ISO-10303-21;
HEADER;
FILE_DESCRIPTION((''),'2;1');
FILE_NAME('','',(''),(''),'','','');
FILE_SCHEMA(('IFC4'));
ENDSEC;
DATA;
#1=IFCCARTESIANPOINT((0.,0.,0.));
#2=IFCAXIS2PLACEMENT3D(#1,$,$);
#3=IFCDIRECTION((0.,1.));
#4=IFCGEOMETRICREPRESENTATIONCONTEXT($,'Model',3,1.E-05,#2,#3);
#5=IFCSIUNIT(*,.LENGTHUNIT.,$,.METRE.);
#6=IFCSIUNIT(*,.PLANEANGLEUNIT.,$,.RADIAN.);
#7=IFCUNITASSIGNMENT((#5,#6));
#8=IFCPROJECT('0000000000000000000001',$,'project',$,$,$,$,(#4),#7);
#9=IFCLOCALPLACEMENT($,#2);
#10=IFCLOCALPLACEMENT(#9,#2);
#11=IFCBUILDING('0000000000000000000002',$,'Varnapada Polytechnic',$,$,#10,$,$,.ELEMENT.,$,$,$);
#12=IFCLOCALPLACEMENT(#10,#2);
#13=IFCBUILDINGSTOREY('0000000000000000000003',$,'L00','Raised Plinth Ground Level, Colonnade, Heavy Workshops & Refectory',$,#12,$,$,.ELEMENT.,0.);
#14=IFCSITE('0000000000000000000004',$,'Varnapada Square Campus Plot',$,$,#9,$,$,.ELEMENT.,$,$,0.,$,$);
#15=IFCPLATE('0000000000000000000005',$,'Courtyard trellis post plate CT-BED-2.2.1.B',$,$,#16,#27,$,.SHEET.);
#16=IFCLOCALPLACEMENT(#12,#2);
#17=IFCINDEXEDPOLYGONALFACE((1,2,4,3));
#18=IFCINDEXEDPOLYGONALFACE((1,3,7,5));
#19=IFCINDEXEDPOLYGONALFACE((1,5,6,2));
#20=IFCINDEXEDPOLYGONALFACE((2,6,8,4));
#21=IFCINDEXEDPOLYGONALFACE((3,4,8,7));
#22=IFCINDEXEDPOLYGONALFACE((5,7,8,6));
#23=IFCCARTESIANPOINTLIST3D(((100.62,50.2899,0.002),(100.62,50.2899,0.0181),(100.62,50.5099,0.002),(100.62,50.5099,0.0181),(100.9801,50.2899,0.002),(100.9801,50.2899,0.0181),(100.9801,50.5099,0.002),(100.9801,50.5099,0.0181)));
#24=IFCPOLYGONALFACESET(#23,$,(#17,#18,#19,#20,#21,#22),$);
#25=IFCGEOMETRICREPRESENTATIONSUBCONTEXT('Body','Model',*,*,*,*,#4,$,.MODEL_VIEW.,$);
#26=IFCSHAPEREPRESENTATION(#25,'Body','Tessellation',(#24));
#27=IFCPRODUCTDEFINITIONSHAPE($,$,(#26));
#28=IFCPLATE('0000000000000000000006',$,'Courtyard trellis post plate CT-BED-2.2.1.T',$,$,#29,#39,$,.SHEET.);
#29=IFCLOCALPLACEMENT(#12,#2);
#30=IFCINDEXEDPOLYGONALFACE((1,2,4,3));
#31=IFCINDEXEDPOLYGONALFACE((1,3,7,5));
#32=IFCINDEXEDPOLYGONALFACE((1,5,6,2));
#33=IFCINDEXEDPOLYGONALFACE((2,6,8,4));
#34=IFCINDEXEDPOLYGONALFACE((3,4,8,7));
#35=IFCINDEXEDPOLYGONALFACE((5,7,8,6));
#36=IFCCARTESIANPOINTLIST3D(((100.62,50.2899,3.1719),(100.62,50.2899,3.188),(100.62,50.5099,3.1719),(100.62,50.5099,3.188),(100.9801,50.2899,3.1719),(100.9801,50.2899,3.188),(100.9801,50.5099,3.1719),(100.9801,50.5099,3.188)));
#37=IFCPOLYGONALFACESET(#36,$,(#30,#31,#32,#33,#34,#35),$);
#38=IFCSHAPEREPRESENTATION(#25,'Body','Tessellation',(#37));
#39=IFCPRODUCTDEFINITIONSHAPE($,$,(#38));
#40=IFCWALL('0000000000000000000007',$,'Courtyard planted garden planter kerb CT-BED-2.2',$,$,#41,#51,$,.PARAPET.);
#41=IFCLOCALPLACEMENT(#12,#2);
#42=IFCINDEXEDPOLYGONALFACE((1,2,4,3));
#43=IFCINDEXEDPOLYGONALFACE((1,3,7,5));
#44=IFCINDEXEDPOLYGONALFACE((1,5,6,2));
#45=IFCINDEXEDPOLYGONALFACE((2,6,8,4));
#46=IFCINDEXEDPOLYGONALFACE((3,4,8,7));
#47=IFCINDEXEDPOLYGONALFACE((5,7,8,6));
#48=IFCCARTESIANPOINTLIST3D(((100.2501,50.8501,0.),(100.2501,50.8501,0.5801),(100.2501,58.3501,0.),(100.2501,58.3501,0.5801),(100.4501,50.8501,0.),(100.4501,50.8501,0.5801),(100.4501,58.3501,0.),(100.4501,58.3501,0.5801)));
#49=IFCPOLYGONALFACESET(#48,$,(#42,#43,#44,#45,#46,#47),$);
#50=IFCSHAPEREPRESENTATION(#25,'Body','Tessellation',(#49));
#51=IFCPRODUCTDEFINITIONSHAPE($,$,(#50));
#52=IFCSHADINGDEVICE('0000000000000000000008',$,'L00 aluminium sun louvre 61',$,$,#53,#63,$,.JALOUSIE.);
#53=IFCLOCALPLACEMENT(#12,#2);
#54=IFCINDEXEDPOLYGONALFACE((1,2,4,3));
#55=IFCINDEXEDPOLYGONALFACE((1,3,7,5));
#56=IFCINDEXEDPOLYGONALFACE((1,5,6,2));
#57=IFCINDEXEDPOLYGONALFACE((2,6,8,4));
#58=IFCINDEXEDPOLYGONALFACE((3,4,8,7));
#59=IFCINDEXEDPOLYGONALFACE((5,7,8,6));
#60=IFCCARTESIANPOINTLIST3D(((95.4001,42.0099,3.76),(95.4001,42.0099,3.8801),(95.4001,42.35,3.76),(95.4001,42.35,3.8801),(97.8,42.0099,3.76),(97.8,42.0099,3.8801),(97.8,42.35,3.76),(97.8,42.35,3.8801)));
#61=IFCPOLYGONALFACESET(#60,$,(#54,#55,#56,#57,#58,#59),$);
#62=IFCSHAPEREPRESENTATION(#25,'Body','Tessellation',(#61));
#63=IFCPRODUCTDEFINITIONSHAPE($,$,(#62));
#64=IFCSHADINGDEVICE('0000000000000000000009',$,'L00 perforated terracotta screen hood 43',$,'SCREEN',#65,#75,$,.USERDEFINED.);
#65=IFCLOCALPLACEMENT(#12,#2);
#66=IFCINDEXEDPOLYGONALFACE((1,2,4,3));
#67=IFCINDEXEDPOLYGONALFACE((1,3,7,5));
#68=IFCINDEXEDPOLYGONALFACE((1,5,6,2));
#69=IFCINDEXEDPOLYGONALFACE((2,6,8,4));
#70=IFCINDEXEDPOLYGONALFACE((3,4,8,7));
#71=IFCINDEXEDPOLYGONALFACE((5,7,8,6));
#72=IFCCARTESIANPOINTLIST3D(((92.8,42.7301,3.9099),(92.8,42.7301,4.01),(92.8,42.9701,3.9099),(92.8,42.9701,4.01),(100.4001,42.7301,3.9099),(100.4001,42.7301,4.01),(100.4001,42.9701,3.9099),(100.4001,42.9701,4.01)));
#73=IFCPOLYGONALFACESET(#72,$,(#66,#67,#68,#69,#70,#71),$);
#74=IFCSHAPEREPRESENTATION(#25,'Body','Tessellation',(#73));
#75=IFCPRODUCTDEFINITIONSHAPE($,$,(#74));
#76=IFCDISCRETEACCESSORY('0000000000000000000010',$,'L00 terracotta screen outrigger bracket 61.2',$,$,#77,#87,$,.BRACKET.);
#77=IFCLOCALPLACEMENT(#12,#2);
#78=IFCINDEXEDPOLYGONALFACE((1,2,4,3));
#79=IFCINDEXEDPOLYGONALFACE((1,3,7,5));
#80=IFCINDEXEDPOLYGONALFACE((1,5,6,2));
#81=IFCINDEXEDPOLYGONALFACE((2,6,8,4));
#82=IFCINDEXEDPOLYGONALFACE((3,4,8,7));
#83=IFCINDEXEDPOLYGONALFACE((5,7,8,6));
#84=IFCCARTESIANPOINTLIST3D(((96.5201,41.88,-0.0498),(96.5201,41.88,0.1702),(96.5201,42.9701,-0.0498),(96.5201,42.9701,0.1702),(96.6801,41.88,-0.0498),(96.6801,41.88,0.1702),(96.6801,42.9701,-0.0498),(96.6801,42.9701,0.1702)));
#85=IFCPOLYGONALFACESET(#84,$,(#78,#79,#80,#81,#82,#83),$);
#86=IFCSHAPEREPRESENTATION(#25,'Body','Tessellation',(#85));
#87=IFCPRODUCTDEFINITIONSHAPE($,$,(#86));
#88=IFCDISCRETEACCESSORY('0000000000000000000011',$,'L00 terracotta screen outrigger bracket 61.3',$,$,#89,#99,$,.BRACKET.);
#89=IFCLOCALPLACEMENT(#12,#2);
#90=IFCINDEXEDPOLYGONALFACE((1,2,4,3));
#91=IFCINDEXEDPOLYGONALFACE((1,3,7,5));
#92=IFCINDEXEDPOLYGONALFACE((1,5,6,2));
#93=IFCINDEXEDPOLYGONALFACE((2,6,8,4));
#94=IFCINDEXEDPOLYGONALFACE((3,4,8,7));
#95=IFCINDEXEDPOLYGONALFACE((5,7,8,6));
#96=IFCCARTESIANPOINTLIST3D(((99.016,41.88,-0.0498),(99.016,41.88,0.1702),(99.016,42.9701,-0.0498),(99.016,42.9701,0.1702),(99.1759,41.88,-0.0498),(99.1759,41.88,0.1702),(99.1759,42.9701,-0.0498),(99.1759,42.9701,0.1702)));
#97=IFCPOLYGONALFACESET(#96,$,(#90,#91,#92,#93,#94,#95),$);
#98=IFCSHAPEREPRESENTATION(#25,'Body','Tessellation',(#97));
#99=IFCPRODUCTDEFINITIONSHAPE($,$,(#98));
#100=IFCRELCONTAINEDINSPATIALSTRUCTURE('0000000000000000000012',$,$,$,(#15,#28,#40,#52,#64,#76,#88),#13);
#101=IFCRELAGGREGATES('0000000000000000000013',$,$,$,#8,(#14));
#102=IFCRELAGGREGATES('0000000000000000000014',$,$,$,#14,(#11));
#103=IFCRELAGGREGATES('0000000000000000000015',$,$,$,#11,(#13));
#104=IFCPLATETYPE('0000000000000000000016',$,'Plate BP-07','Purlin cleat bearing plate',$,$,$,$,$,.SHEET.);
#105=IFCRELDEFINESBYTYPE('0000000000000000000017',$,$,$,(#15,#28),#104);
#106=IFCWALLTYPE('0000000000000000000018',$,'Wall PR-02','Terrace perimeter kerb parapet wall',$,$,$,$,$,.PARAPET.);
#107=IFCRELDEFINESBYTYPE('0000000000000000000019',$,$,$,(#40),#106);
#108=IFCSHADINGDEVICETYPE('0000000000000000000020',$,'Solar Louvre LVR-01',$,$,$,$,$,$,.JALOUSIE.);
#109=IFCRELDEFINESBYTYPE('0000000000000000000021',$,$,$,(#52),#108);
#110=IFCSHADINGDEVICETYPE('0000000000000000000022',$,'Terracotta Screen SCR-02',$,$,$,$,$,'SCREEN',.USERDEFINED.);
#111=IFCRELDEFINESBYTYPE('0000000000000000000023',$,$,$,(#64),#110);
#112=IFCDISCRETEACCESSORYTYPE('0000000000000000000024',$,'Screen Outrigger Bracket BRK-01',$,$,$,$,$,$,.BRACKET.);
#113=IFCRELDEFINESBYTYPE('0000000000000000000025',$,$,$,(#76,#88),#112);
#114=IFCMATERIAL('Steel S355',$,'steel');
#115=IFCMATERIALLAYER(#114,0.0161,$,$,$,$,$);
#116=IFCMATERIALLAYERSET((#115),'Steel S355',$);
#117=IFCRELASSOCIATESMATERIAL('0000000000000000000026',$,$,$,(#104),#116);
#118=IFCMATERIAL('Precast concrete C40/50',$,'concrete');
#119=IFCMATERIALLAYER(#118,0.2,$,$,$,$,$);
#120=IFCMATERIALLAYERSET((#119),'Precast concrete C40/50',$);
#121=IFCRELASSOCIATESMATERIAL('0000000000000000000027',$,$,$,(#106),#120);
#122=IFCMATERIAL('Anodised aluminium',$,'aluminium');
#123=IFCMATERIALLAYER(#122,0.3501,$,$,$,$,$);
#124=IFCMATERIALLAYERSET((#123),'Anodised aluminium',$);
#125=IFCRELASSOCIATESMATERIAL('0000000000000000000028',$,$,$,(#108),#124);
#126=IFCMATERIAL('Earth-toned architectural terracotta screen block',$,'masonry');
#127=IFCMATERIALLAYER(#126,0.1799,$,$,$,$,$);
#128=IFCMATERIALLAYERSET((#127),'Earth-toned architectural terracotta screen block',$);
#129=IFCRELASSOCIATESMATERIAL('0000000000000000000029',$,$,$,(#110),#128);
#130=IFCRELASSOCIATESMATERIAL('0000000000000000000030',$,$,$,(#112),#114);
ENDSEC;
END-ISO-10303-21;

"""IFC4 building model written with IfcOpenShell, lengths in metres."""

from ifc_helpers import new_model, si_unit, direction, frame, frame_2d, origin, origin_2d, place, context, subcontext, project, spatial, rectangle, extrude, material, layer, layer_set, type_object, element, save


model = new_model("IFC4")

# Units and contexts
model_context = context("Model", 3, precision=1e-05, world=origin(), true_north=direction((0.0, 1.0)))
body_context = subcontext(model_context, "Body", "Model", "MODEL_VIEW")
ifc_project = project(units=[si_unit("LENGTHUNIT", "METRE"), si_unit("PLANEANGLEUNIT", "RADIAN")], contexts=[model_context])

# Site, building, storey
site_placement = place(None, origin())
site = spatial("IfcSite", under=ifc_project, at=site_placement, Name="Varnapada Square Campus Plot", CompositionType="ELEMENT", RefElevation=0.0)
building_placement = place(site_placement, origin())
building = spatial("IfcBuilding", under=site, at=building_placement, Name="Varnapada Polytechnic", CompositionType="ELEMENT")
storey_placement = place(building_placement, origin())
storey = spatial("IfcBuildingStorey", under=building, at=storey_placement, Name="L00", Description="Raised Plinth Ground Level, Colonnade, Heavy Workshops & Refectory", CompositionType="ELEMENT", Elevation=0.0)

# Shared definitions
ifc_material_1 = material(Name="Steel S355", Category="steel")

# Plates
ifc_layer_1 = layer(ifc_material_1, 0.0161)
ifc_layer_set_1 = layer_set([ifc_layer_1], Name="Steel S355")
plate_type = type_object("IfcPlateType", Name="Plate BP-07", Description="Purlin cleat bearing plate", PredefinedType="SHEET", material=ifc_layer_set_1)
for number, where, z_axis, x_axis, name in (
    (1, (100.8, 50.3999, 0.002), (0.0, 0.0, 1.0), (1.0, 0.0, 0.0), "Courtyard trellis post plate CT-BED-2.2.1.B"),
    (2, (100.8, 50.3999, 3.1719), (0.0, 0.0, 1.0), (1.0, 0.0, 0.0), "Courtyard trellis post plate CT-BED-2.2.1.T"),
):
    element("IfcPlate", number, at=place(storey_placement, frame(where, z_axis=z_axis, x_axis=x_axis)), inside=storey, type_object=plate_type, Name=name, PredefinedType="SHEET", context=body_context, shape_type="SweptSolid", body=[
        extrude(rectangle(XDim=0.3601, YDim=0.22, at=origin_2d()), origin(), (0.0, 0.0, 1.0), 0.0161),
    ])

# Wall
ifc_material_2 = material(Name="Precast concrete C40/50", Category="concrete")
ifc_layer_2 = layer(ifc_material_2, 0.2)
ifc_layer_set_2 = layer_set([ifc_layer_2], Name="Precast concrete C40/50")
wall_type = type_object("IfcWallType", Name="Wall PR-02", Description="Terrace perimeter kerb parapet wall", PredefinedType="PARAPET", material=ifc_layer_set_2)
wall_placement = place(storey_placement, frame((100.3501, 50.8501, 0.0), z_axis=(0.0, 0.0, 1.0), x_axis=(0.0, 1.0, 0.0)))
element("IfcWall", 3, at=wall_placement, inside=storey, type_object=wall_type, Name="Courtyard planted garden planter kerb CT-BED-2.2", PredefinedType="PARAPET", context=body_context, shape_type="SweptSolid", body=[
    extrude(rectangle(XDim=7.5, YDim=0.2, at=frame_2d((3.75, 0.0))), origin(), (0.0, 0.0, 1.0), 0.5801),
])

# Shading devices
ifc_material_3 = material(Name="Anodised aluminium", Category="aluminium")
ifc_layer_3 = layer(ifc_material_3, 0.3501)
ifc_layer_set_3 = layer_set([ifc_layer_3], Name="Anodised aluminium")
shading_device_type_1 = type_object("IfcShadingDeviceType", Name="Solar Louvre LVR-01", PredefinedType="JALOUSIE", material=ifc_layer_set_3)
shading_device_1_placement = place(storey_placement, frame((96.6001, 42.1799, 3.76), z_axis=(0.0, 0.0, 1.0), x_axis=(1.0, 0.0, 0.0)))
element("IfcShadingDevice", 4, at=shading_device_1_placement, inside=storey, type_object=shading_device_type_1, Name="L00 aluminium sun louvre 61", PredefinedType="JALOUSIE", context=body_context, shape_type="SweptSolid", body=[
    extrude(rectangle(XDim=2.3999, YDim=0.3401, at=origin_2d()), origin(), (0.0, 0.0, 1.0), 0.1201),
])
ifc_material_4 = material(Name="Earth-toned architectural terracotta screen block", Category="masonry")
ifc_layer_4 = layer(ifc_material_4, 0.1799)
ifc_layer_set_4 = layer_set([ifc_layer_4], Name="Earth-toned architectural terracotta screen block")
shading_device_type_2 = type_object("IfcShadingDeviceType", Name="Terracotta Screen SCR-02", ElementType="SCREEN", PredefinedType="USERDEFINED", material=ifc_layer_set_4)
shading_device_2_placement = place(storey_placement, frame((96.6001, 42.8501, 3.9099), z_axis=(0.0, 0.0, 1.0), x_axis=(1.0, 0.0, 0.0)))
element("IfcShadingDevice", 5, at=shading_device_2_placement, inside=storey, type_object=shading_device_type_2, Name="L00 perforated terracotta screen hood 43", ObjectType="SCREEN", PredefinedType="USERDEFINED", context=body_context, shape_type="SweptSolid", body=[
    extrude(rectangle(XDim=7.6001, YDim=0.24, at=origin_2d()), origin(), (0.0, 0.0, 1.0), 0.1001),
])

# Discrete accessories
discrete_accessory_type = type_object("IfcDiscreteAccessoryType", Name="Screen Outrigger Bracket BRK-01", PredefinedType="BRACKET", material=ifc_material_1)
for number, where, z_axis, x_axis, name in (
    (6, (96.6001, 42.425, -0.0498), (0.0, 0.0, 1.0), (1.0, 0.0, 0.0), "L00 terracotta screen outrigger bracket 61.2"),
    (7, (99.0959, 42.425, -0.0498), (0.0, 0.0, 1.0), (1.0, 0.0, 0.0), "L00 terracotta screen outrigger bracket 61.3"),
):
    element("IfcDiscreteAccessory", number, at=place(storey_placement, frame(where, z_axis=z_axis, x_axis=x_axis)), inside=storey, type_object=discrete_accessory_type, Name=name, PredefinedType="BRACKET", context=body_context, shape_type="SweptSolid", body=[
        extrude(rectangle(XDim=0.1599, YDim=1.0901, at=origin_2d()), origin(), (0.0, 0.0, 1.0), 0.22),
    ])

save(model, "model.ifc")
